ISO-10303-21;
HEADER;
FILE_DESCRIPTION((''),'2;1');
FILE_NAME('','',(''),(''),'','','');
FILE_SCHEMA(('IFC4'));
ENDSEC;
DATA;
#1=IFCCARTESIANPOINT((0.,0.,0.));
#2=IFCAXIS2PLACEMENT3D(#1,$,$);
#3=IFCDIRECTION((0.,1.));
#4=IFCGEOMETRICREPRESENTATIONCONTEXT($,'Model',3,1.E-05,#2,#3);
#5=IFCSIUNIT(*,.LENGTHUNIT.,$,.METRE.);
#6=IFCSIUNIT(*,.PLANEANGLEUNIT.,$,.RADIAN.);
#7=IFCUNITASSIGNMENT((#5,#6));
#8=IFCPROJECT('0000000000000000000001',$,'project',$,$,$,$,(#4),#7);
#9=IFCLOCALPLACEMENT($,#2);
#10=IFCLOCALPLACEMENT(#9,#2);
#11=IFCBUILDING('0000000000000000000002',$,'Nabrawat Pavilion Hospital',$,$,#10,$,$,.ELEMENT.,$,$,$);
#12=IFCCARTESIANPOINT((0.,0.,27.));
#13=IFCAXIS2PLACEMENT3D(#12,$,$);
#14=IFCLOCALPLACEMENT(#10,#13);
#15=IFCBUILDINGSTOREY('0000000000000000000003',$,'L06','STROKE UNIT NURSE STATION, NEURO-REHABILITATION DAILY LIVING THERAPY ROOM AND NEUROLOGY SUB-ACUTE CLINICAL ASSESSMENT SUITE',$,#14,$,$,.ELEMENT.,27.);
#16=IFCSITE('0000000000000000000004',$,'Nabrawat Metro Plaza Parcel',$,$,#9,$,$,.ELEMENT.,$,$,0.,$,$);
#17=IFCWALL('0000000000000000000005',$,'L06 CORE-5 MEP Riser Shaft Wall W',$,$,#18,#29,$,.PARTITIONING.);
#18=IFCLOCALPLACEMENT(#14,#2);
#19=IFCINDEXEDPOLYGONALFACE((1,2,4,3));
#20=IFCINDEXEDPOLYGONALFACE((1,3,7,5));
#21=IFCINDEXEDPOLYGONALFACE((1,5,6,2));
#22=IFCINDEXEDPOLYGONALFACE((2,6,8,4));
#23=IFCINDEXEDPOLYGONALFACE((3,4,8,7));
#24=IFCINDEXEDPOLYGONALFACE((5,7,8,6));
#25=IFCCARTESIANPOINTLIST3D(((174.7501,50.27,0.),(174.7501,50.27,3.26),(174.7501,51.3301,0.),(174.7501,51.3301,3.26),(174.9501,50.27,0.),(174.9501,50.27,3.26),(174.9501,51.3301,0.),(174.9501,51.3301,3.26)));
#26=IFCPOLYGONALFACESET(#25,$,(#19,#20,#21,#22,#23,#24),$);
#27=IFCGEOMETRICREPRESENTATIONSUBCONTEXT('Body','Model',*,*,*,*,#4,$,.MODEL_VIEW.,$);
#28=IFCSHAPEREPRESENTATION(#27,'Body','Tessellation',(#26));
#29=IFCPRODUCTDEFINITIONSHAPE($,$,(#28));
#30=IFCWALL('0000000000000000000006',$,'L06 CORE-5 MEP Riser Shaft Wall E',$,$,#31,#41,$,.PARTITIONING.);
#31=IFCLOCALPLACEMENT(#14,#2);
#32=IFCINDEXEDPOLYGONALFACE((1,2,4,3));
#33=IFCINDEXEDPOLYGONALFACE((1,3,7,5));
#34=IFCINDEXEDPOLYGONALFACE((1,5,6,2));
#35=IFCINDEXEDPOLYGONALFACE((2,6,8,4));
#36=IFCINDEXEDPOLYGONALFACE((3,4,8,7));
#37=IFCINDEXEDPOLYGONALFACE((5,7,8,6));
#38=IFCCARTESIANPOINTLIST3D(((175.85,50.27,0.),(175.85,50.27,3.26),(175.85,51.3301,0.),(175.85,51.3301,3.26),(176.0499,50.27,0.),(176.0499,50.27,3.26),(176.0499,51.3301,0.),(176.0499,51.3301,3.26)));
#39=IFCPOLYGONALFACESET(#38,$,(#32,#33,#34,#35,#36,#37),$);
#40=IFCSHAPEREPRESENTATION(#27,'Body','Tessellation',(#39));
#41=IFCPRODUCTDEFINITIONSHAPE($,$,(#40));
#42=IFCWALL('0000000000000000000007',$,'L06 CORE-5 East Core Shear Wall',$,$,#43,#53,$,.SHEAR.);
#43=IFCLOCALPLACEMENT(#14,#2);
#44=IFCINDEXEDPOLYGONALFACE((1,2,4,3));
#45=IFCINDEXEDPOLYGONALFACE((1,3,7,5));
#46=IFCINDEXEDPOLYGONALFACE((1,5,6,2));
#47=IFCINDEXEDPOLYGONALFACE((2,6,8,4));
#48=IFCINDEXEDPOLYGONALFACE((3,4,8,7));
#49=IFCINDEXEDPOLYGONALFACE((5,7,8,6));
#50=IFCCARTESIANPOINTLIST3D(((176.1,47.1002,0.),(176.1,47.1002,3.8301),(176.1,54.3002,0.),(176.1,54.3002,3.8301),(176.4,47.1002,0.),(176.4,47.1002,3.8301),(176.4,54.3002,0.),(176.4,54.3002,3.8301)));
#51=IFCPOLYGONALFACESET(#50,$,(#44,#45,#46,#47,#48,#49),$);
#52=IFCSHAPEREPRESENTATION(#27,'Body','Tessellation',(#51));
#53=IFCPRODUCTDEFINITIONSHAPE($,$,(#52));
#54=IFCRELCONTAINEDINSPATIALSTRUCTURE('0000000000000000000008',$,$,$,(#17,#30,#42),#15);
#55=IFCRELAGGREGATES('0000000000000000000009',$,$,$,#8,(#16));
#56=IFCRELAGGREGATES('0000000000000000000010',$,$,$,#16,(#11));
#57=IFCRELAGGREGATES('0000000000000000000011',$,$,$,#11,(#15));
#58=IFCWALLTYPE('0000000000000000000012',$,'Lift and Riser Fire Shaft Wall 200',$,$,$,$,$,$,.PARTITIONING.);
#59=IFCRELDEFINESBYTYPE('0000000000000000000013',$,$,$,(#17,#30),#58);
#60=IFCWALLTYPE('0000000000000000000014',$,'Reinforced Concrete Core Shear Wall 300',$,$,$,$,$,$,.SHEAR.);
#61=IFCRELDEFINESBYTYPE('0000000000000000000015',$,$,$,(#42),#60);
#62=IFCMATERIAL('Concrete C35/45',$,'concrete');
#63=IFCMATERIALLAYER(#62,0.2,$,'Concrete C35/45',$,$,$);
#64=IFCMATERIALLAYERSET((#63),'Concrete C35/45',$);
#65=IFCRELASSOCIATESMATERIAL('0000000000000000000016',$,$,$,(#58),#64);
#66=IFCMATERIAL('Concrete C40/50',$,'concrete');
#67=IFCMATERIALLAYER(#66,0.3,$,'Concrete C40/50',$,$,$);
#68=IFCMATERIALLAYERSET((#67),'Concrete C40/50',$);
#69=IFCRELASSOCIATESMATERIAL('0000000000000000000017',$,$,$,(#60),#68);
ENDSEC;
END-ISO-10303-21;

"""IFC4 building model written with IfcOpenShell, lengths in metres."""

from ifc_helpers import new_model, si_unit, direction, frame, frame_2d, origin, place, context, subcontext, project, spatial, rectangle, extrude, material, layer, layer_set, type_object, element, save


model = new_model("IFC4")

# Units and contexts
model_context = context("Model", 3, precision=1e-05, world=origin(), true_north=direction((0.0, 1.0)))
body_context = subcontext(model_context, "Body", "Model", "MODEL_VIEW")
ifc_project = project(units=[si_unit("LENGTHUNIT", "METRE"), si_unit("PLANEANGLEUNIT", "RADIAN")], contexts=[model_context])

# Site, building, storey
site_placement = place(None, origin())
site = spatial("IfcSite", under=ifc_project, at=site_placement, Name="Nabrawat Metro Plaza Parcel", CompositionType="ELEMENT", RefElevation=0.0)
building_placement = place(site_placement, origin())
building = spatial("IfcBuilding", under=site, at=building_placement, Name="Nabrawat Pavilion Hospital", CompositionType="ELEMENT")
storey_placement = place(building_placement, frame((0.0, 0.0, 27.0)))
storey = spatial("IfcBuildingStorey", under=building, at=storey_placement, Name="L06", Description="STROKE UNIT NURSE STATION, NEURO-REHABILITATION DAILY LIVING THERAPY ROOM AND NEUROLOGY SUB-ACUTE CLINICAL ASSESSMENT SUITE", CompositionType="ELEMENT", Elevation=27.0)

# Walls
ifc_material_1 = material(Name="Concrete C35/45", Category="concrete")
ifc_layer_1 = layer(ifc_material_1, 0.2, Name="Concrete C35/45")
ifc_layer_set_1 = layer_set([ifc_layer_1], Name="Concrete C35/45")
wall_type_1 = type_object("IfcWallType", Name="Lift and Riser Fire Shaft Wall 200", PredefinedType="PARTITIONING", material=ifc_layer_set_1)
for number, where, z_axis, x_axis, name in (
    (1, (174.8501, 50.27, 0.0), (0.0, 0.0, 1.0), (0.0, 1.0, 0.0), "L06 CORE-5 MEP Riser Shaft Wall W"),
    (2, (175.95, 50.27, 0.0), (0.0, 0.0, 1.0), (0.0, 1.0, 0.0), "L06 CORE-5 MEP Riser Shaft Wall E"),
):
    element("IfcWall", number, at=place(storey_placement, frame(where, z_axis=z_axis, x_axis=x_axis)), inside=storey, type_object=wall_type_1, Name=name, PredefinedType="PARTITIONING", context=body_context, shape_type="SweptSolid", body=[
        extrude(rectangle(XDim=1.0601, YDim=0.2, at=frame_2d((0.53, 0.0))), origin(), (0.0, 0.0, 1.0), 3.26),
    ])
ifc_material_2 = material(Name="Concrete C40/50", Category="concrete")
ifc_layer_2 = layer(ifc_material_2, 0.3, Name="Concrete C40/50")
ifc_layer_set_2 = layer_set([ifc_layer_2], Name="Concrete C40/50")
wall_type_2 = type_object("IfcWallType", Name="Reinforced Concrete Core Shear Wall 300", PredefinedType="SHEAR", material=ifc_layer_set_2)
wall_1_placement = place(storey_placement, frame((176.25, 47.1001, 0.0), z_axis=(0.0, 0.0, 1.0), x_axis=(0.0, 1.0, 0.0)))
element("IfcWall", 3, at=wall_1_placement, inside=storey, type_object=wall_type_2, Name="L06 CORE-5 East Core Shear Wall", PredefinedType="SHEAR", context=body_context, shape_type="SweptSolid", body=[
    extrude(rectangle(XDim=7.2, YDim=0.3, at=frame_2d((3.6001, 0.0))), origin(), (0.0, 0.0, 1.0), 3.8301),
])

save(model, "model.ifc")
